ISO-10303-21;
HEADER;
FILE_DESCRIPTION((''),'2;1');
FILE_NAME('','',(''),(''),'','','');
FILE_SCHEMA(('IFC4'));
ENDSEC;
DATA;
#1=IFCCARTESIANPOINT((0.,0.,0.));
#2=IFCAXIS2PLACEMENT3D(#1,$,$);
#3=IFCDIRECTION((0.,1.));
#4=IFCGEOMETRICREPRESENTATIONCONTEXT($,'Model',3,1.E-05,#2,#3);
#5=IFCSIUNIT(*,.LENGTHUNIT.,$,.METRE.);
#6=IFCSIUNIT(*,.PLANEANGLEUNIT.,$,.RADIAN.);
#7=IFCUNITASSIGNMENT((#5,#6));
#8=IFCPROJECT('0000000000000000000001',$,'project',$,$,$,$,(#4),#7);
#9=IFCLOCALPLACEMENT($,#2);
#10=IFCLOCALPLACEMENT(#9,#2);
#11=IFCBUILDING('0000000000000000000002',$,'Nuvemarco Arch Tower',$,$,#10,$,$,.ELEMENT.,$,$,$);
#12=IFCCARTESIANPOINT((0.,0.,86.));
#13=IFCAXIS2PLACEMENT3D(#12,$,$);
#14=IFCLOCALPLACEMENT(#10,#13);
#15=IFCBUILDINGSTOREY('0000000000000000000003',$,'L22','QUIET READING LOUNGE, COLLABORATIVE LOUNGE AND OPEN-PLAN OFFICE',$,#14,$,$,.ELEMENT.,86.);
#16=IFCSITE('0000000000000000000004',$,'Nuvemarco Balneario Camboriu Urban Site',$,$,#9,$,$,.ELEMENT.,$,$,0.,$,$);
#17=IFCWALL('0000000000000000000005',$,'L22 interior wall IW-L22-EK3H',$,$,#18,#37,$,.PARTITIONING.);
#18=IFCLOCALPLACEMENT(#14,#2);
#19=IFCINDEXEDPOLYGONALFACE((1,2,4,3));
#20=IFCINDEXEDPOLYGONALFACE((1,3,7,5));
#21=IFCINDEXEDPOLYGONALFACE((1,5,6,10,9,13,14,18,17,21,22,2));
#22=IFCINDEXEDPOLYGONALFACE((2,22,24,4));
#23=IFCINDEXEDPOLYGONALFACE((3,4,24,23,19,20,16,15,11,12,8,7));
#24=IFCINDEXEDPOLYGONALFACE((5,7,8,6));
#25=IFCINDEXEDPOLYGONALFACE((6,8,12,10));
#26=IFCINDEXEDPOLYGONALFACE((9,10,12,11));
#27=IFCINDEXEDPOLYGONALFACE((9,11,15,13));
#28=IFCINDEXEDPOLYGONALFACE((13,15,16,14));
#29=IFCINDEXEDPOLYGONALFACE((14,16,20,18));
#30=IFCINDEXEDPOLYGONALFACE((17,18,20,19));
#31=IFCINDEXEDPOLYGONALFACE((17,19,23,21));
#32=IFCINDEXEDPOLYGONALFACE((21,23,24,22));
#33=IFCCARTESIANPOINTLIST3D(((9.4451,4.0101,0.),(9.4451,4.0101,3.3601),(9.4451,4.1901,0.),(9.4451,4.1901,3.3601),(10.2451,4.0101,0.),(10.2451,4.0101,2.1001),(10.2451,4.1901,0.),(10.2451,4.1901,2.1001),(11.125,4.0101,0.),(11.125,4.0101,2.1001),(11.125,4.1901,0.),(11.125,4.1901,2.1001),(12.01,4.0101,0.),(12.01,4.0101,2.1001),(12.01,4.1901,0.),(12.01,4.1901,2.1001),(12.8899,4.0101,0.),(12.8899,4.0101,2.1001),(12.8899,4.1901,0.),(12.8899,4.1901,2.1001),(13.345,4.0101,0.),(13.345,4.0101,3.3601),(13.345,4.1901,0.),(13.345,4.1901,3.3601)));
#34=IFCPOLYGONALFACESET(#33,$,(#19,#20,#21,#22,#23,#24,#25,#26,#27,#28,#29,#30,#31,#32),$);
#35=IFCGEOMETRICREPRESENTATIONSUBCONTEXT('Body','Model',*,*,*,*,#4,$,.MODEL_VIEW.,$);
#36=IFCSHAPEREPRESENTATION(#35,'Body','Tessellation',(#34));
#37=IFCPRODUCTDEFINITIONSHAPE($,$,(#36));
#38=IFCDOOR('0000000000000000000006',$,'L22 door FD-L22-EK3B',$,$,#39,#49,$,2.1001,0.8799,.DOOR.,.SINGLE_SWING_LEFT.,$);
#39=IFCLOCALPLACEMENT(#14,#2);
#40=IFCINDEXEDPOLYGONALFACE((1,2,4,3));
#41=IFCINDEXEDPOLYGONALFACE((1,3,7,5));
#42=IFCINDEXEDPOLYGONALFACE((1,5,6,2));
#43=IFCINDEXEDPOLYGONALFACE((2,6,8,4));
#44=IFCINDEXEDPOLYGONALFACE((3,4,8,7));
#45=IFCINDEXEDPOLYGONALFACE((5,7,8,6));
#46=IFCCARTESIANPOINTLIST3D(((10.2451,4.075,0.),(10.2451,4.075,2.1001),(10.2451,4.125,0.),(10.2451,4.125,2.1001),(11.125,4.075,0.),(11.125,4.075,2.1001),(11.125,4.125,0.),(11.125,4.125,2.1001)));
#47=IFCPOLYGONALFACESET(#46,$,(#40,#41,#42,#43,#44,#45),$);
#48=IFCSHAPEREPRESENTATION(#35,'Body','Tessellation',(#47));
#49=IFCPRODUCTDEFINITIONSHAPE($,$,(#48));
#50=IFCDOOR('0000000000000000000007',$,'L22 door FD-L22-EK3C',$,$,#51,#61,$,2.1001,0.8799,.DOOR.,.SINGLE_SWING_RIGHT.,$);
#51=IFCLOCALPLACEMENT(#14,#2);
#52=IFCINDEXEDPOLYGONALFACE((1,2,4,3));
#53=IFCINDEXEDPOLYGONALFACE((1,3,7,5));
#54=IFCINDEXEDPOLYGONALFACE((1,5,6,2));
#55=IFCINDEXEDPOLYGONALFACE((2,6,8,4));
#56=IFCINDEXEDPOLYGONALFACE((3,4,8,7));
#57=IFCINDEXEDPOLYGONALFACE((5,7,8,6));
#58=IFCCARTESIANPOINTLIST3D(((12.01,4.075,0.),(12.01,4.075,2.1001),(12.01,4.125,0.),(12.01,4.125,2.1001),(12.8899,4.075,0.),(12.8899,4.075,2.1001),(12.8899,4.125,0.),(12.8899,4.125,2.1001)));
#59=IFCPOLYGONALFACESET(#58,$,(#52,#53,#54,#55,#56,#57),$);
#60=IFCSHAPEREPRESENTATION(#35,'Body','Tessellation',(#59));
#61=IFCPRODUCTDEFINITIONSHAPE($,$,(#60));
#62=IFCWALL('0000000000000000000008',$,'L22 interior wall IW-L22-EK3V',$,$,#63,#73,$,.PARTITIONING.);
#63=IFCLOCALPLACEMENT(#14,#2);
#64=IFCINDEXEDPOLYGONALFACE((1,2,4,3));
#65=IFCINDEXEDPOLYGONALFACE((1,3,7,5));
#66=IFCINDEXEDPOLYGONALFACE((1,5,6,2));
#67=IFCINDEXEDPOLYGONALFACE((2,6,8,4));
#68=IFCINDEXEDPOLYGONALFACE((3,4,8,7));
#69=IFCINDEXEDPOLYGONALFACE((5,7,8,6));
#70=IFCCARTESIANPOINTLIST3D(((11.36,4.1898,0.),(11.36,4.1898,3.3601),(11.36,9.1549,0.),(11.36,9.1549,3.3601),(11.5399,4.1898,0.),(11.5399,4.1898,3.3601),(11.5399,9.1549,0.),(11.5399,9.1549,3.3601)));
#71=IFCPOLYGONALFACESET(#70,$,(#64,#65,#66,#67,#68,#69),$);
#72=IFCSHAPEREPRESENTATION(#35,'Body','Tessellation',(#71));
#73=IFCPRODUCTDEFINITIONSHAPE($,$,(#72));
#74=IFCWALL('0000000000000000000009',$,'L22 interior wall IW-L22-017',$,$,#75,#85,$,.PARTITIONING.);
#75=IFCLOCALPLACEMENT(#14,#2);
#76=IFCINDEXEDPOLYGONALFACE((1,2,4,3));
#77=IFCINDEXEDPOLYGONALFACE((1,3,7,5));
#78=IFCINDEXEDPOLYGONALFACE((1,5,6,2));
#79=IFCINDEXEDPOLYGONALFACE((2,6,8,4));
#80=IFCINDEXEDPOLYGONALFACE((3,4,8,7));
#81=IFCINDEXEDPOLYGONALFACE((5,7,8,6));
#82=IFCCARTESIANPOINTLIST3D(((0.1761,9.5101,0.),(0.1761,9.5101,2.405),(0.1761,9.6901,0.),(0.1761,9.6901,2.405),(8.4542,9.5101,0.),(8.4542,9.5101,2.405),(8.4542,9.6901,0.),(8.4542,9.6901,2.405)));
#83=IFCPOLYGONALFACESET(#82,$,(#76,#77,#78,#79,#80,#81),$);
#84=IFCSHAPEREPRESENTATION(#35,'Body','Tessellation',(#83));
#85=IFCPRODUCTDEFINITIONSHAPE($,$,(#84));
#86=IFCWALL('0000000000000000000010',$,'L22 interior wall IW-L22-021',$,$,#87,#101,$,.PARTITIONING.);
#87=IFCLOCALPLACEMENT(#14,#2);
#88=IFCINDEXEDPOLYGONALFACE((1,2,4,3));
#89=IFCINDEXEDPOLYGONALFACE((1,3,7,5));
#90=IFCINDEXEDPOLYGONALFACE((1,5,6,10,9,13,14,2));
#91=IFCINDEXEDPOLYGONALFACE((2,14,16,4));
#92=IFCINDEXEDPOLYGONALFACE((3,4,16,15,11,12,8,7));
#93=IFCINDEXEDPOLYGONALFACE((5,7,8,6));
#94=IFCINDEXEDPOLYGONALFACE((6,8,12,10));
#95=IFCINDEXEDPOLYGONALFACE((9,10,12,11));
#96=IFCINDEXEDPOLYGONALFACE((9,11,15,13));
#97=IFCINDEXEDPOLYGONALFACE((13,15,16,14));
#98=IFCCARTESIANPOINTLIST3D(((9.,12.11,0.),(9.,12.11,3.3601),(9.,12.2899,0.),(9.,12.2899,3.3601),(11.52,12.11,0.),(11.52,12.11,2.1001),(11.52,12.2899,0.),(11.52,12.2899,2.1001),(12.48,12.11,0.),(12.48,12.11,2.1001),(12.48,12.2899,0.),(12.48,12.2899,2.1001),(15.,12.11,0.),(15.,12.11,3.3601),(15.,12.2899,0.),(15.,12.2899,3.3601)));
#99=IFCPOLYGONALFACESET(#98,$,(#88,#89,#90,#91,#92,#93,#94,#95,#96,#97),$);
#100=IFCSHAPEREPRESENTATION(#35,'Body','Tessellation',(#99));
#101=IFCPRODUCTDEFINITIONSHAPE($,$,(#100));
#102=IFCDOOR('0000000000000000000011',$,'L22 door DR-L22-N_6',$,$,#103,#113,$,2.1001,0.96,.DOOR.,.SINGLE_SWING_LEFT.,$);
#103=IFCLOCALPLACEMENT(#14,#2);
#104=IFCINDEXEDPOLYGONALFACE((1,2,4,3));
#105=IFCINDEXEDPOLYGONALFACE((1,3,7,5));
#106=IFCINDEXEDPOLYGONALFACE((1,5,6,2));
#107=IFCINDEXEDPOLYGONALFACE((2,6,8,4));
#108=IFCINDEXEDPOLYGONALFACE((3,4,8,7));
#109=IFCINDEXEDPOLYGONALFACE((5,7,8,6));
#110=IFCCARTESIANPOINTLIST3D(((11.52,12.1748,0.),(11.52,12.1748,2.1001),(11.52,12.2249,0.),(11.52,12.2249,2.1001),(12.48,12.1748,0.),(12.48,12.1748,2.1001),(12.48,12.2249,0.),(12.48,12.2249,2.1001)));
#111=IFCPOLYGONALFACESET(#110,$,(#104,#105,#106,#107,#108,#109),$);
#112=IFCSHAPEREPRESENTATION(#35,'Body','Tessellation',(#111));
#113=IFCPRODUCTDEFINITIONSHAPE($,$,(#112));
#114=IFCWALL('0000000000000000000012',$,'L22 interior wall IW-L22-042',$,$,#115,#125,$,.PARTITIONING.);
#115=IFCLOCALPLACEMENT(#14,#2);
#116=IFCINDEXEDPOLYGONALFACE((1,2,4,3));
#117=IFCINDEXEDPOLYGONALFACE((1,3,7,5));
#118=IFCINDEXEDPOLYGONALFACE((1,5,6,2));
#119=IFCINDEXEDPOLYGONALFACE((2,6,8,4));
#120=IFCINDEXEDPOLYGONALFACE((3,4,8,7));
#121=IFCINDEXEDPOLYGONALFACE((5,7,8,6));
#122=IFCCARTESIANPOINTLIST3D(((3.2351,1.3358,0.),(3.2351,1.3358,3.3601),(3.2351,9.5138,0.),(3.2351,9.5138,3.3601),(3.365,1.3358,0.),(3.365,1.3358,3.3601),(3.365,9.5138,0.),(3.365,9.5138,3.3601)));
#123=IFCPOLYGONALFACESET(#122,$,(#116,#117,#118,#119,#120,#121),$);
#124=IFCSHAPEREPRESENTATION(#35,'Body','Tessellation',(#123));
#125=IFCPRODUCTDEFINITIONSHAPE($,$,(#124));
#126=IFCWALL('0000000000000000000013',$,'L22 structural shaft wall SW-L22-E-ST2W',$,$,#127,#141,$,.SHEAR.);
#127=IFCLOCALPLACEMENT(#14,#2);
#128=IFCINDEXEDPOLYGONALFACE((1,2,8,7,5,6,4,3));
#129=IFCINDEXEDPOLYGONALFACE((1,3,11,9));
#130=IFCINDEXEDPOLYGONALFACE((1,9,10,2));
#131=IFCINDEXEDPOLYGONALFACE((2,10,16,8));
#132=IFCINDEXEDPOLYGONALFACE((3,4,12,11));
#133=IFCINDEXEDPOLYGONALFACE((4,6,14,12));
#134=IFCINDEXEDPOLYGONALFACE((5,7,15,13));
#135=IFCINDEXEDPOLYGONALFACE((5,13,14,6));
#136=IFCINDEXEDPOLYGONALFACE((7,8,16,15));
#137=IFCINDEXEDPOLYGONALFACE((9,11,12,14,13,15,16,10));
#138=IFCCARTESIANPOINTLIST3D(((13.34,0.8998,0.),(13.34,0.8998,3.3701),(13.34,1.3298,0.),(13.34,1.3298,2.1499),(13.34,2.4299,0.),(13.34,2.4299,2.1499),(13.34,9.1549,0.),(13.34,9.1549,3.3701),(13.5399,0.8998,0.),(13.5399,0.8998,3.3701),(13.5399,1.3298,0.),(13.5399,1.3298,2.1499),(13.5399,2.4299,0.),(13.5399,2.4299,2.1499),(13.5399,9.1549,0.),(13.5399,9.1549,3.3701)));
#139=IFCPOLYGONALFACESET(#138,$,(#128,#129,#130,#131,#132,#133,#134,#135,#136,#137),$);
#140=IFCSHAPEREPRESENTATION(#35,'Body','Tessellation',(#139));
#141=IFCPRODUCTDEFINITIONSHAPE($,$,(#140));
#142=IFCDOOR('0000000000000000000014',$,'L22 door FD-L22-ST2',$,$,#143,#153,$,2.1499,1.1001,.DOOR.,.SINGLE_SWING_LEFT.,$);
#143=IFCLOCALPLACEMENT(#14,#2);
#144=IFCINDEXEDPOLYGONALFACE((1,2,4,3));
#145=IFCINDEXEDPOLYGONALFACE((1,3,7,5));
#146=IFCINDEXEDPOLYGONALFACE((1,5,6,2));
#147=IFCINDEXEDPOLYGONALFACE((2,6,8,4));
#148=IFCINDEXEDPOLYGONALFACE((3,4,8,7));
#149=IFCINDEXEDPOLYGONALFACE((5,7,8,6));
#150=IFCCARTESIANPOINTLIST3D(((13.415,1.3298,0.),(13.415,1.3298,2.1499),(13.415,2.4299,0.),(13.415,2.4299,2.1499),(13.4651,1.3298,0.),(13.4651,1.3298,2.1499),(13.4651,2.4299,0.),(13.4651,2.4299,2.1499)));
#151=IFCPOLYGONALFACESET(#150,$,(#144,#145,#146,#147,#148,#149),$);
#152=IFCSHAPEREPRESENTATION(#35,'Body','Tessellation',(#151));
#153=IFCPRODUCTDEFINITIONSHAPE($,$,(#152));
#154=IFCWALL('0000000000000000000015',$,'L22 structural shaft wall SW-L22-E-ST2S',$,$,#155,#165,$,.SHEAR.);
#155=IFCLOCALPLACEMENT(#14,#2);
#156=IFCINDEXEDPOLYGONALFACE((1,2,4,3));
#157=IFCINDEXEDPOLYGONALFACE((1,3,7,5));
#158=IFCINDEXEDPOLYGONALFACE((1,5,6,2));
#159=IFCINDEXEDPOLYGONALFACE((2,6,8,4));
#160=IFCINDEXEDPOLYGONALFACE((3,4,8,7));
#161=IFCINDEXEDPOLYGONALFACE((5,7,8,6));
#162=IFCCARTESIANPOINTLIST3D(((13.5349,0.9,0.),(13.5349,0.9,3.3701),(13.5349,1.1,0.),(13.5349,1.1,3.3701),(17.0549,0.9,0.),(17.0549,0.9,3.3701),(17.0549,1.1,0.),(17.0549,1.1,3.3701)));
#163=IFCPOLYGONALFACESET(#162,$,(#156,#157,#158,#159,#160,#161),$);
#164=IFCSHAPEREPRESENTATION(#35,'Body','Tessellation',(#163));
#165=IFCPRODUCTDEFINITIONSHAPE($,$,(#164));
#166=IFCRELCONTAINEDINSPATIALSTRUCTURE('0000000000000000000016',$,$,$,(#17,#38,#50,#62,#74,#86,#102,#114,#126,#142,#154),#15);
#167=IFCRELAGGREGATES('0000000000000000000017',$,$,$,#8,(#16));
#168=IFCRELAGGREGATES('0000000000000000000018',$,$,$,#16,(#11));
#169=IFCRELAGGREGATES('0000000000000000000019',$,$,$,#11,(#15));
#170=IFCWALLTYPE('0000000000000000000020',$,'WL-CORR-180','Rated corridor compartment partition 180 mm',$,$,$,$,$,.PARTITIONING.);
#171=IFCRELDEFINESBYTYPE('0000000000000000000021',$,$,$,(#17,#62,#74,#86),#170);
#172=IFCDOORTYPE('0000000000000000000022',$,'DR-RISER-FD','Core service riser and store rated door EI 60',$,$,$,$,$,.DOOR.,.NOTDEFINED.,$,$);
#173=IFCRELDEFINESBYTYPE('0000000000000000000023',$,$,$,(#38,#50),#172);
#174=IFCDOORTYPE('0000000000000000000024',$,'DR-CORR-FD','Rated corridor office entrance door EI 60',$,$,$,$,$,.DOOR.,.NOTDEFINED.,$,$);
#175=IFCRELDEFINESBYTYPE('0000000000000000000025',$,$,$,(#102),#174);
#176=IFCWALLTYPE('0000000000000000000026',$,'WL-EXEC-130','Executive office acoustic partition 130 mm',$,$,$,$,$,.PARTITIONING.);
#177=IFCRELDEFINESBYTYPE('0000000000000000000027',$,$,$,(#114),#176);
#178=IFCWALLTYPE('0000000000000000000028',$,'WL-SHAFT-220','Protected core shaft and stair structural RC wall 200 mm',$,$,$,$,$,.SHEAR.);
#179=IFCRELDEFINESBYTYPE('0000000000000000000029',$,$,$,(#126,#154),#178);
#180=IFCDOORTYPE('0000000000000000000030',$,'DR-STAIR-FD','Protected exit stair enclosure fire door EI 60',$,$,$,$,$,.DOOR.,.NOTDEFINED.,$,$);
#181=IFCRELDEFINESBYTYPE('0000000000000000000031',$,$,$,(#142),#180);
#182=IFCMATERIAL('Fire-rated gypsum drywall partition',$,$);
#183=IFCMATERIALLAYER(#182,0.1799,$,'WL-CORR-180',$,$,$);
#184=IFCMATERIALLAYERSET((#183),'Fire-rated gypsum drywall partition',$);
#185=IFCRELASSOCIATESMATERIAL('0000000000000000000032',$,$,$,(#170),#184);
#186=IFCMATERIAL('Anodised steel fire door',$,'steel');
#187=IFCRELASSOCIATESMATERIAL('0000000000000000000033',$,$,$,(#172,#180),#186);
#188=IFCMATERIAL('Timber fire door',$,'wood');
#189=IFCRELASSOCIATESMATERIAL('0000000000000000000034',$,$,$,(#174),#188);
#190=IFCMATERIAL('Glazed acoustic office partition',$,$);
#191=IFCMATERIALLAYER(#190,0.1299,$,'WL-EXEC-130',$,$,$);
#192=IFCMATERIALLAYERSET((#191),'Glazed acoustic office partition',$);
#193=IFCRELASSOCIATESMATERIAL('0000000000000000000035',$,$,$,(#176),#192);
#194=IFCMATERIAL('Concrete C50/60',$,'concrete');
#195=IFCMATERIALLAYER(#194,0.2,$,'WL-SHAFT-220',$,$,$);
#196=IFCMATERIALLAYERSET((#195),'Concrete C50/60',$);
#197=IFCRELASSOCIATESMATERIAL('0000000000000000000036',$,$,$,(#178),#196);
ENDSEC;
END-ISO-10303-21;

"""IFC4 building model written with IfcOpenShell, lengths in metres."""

from ifc_helpers import new_model, si_unit, direction, frame, frame_2d, origin, place, context, subcontext, project, spatial, rectangle, extrude, source, transform, mapped, material, layer, layer_set, type_object, type_shapes, element, fill, save


model = new_model("IFC4")

# Units and contexts
model_context = context("Model", 3, precision=1e-05, world=origin(), true_north=direction((0.0, 1.0)))
body_context = subcontext(model_context, "Body", "Model", "MODEL_VIEW")
ifc_project = project(units=[si_unit("LENGTHUNIT", "METRE"), si_unit("PLANEANGLEUNIT", "RADIAN")], contexts=[model_context])

# Site, building, storey
site_placement = place(None, origin())
site = spatial("IfcSite", under=ifc_project, at=site_placement, Name="Nuvemarco Balneario Camboriu Urban Site", CompositionType="ELEMENT", RefElevation=0.0)
building_placement = place(site_placement, origin())
building = spatial("IfcBuilding", under=site, at=building_placement, Name="Nuvemarco Arch Tower", CompositionType="ELEMENT")
storey_placement = place(building_placement, frame((0.0, 0.0, 86.0)))
storey = spatial("IfcBuildingStorey", under=building, at=storey_placement, Name="L22", Description="QUIET READING LOUNGE, COLLABORATIVE LOUNGE AND OPEN-PLAN OFFICE", CompositionType="ELEMENT", Elevation=86.0)

# Shared definitions
ifc_material_1 = material(Name="Fire-rated gypsum drywall partition")
ifc_layer_1 = layer(ifc_material_1, 0.1799, Name="WL-CORR-180")
ifc_layer_set_1 = layer_set([ifc_layer_1], Name="Fire-rated gypsum drywall partition")
wall_type_1 = type_object("IfcWallType", Name="WL-CORR-180", Description="Rated corridor compartment partition 180 mm", PredefinedType="PARTITIONING", material=ifc_layer_set_1)
ifc_material_2 = material(Name="Anodised steel fire door", Category="steel")
door_type_1 = type_object("IfcDoorType", Name="DR-RISER-FD", Description="Core service riser and store rated door EI 60", OperationType="NOTDEFINED", PredefinedType="DOOR", material=ifc_material_2)
shared_shape_1 = source(origin(), body_context, "Body", "SweptSolid", [
    extrude(rectangle(XDim=0.8799, YDim=2.1001, at=frame_2d((0.4399, 1.05))), frame((0.0, 0.0249, 0.0), z_axis=(0.0, -1.0, 0.0), x_axis=(1.0, 0.0, 0.0)), (0.0, 0.0, 1.0), 0.05),
])
type_shapes(door_type_1, [shared_shape_1])

# Wall, openings, doors
wall_1_placement = place(storey_placement, frame((9.4451, 4.1001, 0.0), z_axis=(0.0, 0.0, 1.0), x_axis=(1.0, 0.0, 0.0)))
wall_1 = element("IfcWall", 1, at=wall_1_placement, inside=storey, type_object=wall_type_1, Name="L22 interior wall IW-L22-EK3H", PredefinedType="PARTITIONING", context=body_context, shape_type="SweptSolid", body=[
    extrude(rectangle(XDim=3.8999, YDim=0.1799, at=frame_2d((1.95, 0.0))), origin(), (0.0, 0.0, 1.0), 3.3601),
])
opening_1_placement = place(wall_1_placement, frame((0.8, 0.0, 0.0)))
opening_1 = element("IfcOpeningElement", 2, at=opening_1_placement, cuts=wall_1, PredefinedType="OPENING", context=body_context, shape_type="SweptSolid", body=[
    extrude(rectangle(XDim=0.8799, YDim=2.1001, at=frame_2d((0.4399, 1.05))), frame((0.0, 0.0999, 0.0), z_axis=(0.0, -1.0, 0.0), x_axis=(1.0, 0.0, 0.0)), (0.0, 0.0, 1.0), 0.2),
])
opening_2_placement = place(wall_1_placement, frame((2.5649, 0.0, 0.0)))
opening_2 = element("IfcOpeningElement", 3, at=opening_2_placement, cuts=wall_1, PredefinedType="OPENING", context=body_context, shape_type="SweptSolid", body=[
    extrude(rectangle(XDim=0.8799, YDim=2.1001, at=frame_2d((0.4399, 1.05))), frame((0.0, 0.0999, 0.0), z_axis=(0.0, -1.0, 0.0), x_axis=(1.0, 0.0, 0.0)), (0.0, 0.0, 1.0), 0.2),
])
door_1_placement = place(opening_1_placement, origin())
door_1 = element("IfcDoor", 4, at=door_1_placement, inside=storey, type_object=door_type_1, Name="L22 door FD-L22-EK3B", OperationType="SINGLE_SWING_LEFT", OverallHeight=2.1001, OverallWidth=0.8799, PredefinedType="DOOR", context=body_context, shape_type="MappedRepresentation", body=[
    mapped(shared_shape_1, transform((0.0, 0.0, 0.0), scale=1.0)),
])
fill(opening_1, door_1)
door_2_placement = place(opening_2_placement, origin())
door_2 = element("IfcDoor", 5, at=door_2_placement, inside=storey, type_object=door_type_1, Name="L22 door FD-L22-EK3C", OperationType="SINGLE_SWING_RIGHT", OverallHeight=2.1001, OverallWidth=0.8799, PredefinedType="DOOR", context=body_context, shape_type="MappedRepresentation", body=[
    mapped(shared_shape_1, transform((0.0, 0.0, 0.0), scale=1.0)),
])
fill(opening_2, door_2)

# Walls
wall_2_placement = place(storey_placement, frame((11.45, 4.1899, 0.0), z_axis=(0.0, 0.0, 1.0), x_axis=(0.0, 1.0, 0.0)))
element("IfcWall", 6, at=wall_2_placement, inside=storey, type_object=wall_type_1, Name="L22 interior wall IW-L22-EK3V", PredefinedType="PARTITIONING", context=body_context, shape_type="SweptSolid", body=[
    extrude(rectangle(XDim=4.9651, YDim=0.1799, at=frame_2d((2.4824, 0.0))), origin(), (0.0, 0.0, 1.0), 3.3601),
])
wall_3_placement = place(storey_placement, frame((0.176, 9.6001, 0.0), z_axis=(0.0, 0.0, 1.0), x_axis=(1.0, 0.0, 0.0)))
element("IfcWall", 7, at=wall_3_placement, inside=storey, type_object=wall_type_1, Name="L22 interior wall IW-L22-017", PredefinedType="PARTITIONING", context=body_context, shape_type="SweptSolid", body=[
    extrude(rectangle(XDim=8.2781, YDim=0.1799, at=frame_2d((4.1392, 0.0))), origin(), (0.0, 0.0, 1.0), 2.405),
])

# Wall, opening, door
wall_4_placement = place(storey_placement, frame((9.0, 12.2, 0.0), z_axis=(0.0, 0.0, 1.0), x_axis=(1.0, 0.0, 0.0)))
wall_4 = element("IfcWall", 8, at=wall_4_placement, inside=storey, type_object=wall_type_1, Name="L22 interior wall IW-L22-021", PredefinedType="PARTITIONING", context=body_context, shape_type="SweptSolid", body=[
    extrude(rectangle(XDim=6.0, YDim=0.1799, at=frame_2d((3.0, 0.0))), origin(), (0.0, 0.0, 1.0), 3.3601),
])
opening_3_placement = place(wall_4_placement, frame((2.52, 0.0, 0.0)))
opening_3 = element("IfcOpeningElement", 9, at=opening_3_placement, cuts=wall_4, PredefinedType="OPENING", context=body_context, shape_type="SweptSolid", body=[
    extrude(rectangle(XDim=0.96, YDim=2.1001, at=frame_2d((0.48, 1.05))), frame((0.0, 0.0999, 0.0), z_axis=(0.0, -1.0, 0.0), x_axis=(1.0, 0.0, 0.0)), (0.0, 0.0, 1.0), 0.2),
])
ifc_material_3 = material(Name="Timber fire door", Category="wood")
door_type_2 = type_object("IfcDoorType", Name="DR-CORR-FD", Description="Rated corridor office entrance door EI 60", OperationType="NOTDEFINED", PredefinedType="DOOR", material=ifc_material_3)
shared_shape_2 = source(origin(), body_context, "Body", "SweptSolid", [
    extrude(rectangle(XDim=0.96, YDim=2.1001, at=frame_2d((0.48, 1.05))), frame((0.0, 0.0249, 0.0), z_axis=(0.0, -1.0, 0.0), x_axis=(1.0, 0.0, 0.0)), (0.0, 0.0, 1.0), 0.05),
])
type_shapes(door_type_2, [shared_shape_2])
door_3_placement = place(opening_3_placement, origin())
door_3 = element("IfcDoor", 10, at=door_3_placement, inside=storey, type_object=door_type_2, Name="L22 door DR-L22-N_6", OperationType="SINGLE_SWING_LEFT", OverallHeight=2.1001, OverallWidth=0.96, PredefinedType="DOOR", context=body_context, shape_type="MappedRepresentation", body=[
    mapped(shared_shape_2, transform((0.0, 0.0, 0.0), scale=1.0)),
])
fill(opening_3, door_3)

# Wall
ifc_material_4 = material(Name="Glazed acoustic office partition")
ifc_layer_2 = layer(ifc_material_4, 0.1299, Name="WL-EXEC-130")
ifc_layer_set_2 = layer_set([ifc_layer_2], Name="Glazed acoustic office partition")
wall_type_2 = type_object("IfcWallType", Name="WL-EXEC-130", Description="Executive office acoustic partition 130 mm", PredefinedType="PARTITIONING", material=ifc_layer_set_2)
wall_5_placement = place(storey_placement, frame((3.3, 1.3359, 0.0), z_axis=(0.0, 0.0, 1.0), x_axis=(0.0, 1.0, 0.0)))
element("IfcWall", 11, at=wall_5_placement, inside=storey, type_object=wall_type_2, Name="L22 interior wall IW-L22-042", PredefinedType="PARTITIONING", context=body_context, shape_type="SweptSolid", body=[
    extrude(rectangle(XDim=8.178, YDim=0.1299, at=frame_2d((4.0889, 0.0))), origin(), (0.0, 0.0, 1.0), 3.3601),
])

# Wall, opening, door
ifc_material_5 = material(Name="Concrete C50/60", Category="concrete")
ifc_layer_3 = layer(ifc_material_5, 0.2, Name="WL-SHAFT-220")
ifc_layer_set_3 = layer_set([ifc_layer_3], Name="Concrete C50/60")
wall_type_3 = type_object("IfcWallType", Name="WL-SHAFT-220", Description="Protected core shaft and stair structural RC wall 200 mm", PredefinedType="SHEAR", material=ifc_layer_set_3)
wall_6_placement = place(storey_placement, frame((13.4399, 0.8999, 0.0), z_axis=(0.0, 0.0, 1.0), x_axis=(0.0, 1.0, 0.0)))
wall_6 = element("IfcWall", 12, at=wall_6_placement, inside=storey, type_object=wall_type_3, Name="L22 structural shaft wall SW-L22-E-ST2W", PredefinedType="SHEAR", context=body_context, shape_type="SweptSolid", body=[
    extrude(rectangle(XDim=8.2551, YDim=0.2, at=frame_2d((4.1274, 0.0))), origin(), (0.0, 0.0, 1.0), 3.3701),
])
opening_4_placement = place(wall_6_placement, frame((0.4299, 0.0, 0.0)))
opening_4 = element("IfcOpeningElement", 13, at=opening_4_placement, cuts=wall_6, PredefinedType="OPENING", context=body_context, shape_type="SweptSolid", body=[
    extrude(rectangle(XDim=1.1001, YDim=2.1499, at=frame_2d((0.55, 1.075))), frame((0.0, 0.1099, 0.0), z_axis=(0.0, -1.0, 0.0), x_axis=(1.0, 0.0, 0.0)), (0.0, 0.0, 1.0), 0.22),
])
door_type_3 = type_object("IfcDoorType", Name="DR-STAIR-FD", Description="Protected exit stair enclosure fire door EI 60", OperationType="NOTDEFINED", PredefinedType="DOOR", material=ifc_material_2)
shared_shape_3 = source(origin(), body_context, "Body", "SweptSolid", [
    extrude(rectangle(XDim=1.1001, YDim=2.1499, at=frame_2d((0.55, 1.075))), frame((0.0, 0.0249, 0.0), z_axis=(0.0, -1.0, 0.0), x_axis=(1.0, 0.0, 0.0)), (0.0, 0.0, 1.0), 0.05),
])
type_shapes(door_type_3, [shared_shape_3])
door_4_placement = place(opening_4_placement, origin())
door_4 = element("IfcDoor", 14, at=door_4_placement, inside=storey, type_object=door_type_3, Name="L22 door FD-L22-ST2", OperationType="SINGLE_SWING_LEFT", OverallHeight=2.1499, OverallWidth=1.1001, PredefinedType="DOOR", context=body_context, shape_type="MappedRepresentation", body=[
    mapped(shared_shape_3, transform((0.0, 0.0, 0.0), scale=1.0)),
])
fill(opening_4, door_4)

# Wall
for number, where, z_axis, x_axis, name in (
    (15, (13.5349, 1.0, 0.0), (0.0, 0.0, 1.0), (1.0, 0.0, 0.0), "L22 structural shaft wall SW-L22-E-ST2S"),
):
    element("IfcWall", number, at=place(storey_placement, frame(where, z_axis=z_axis, x_axis=x_axis)), inside=storey, type_object=wall_type_3, Name=name, PredefinedType="SHEAR", context=body_context, shape_type="SweptSolid", body=[
        extrude(rectangle(XDim=3.52, YDim=0.2, at=frame_2d((1.76, 0.0))), origin(), (0.0, 0.0, 1.0), 3.3701),
    ])

save(model, "model.ifc")
